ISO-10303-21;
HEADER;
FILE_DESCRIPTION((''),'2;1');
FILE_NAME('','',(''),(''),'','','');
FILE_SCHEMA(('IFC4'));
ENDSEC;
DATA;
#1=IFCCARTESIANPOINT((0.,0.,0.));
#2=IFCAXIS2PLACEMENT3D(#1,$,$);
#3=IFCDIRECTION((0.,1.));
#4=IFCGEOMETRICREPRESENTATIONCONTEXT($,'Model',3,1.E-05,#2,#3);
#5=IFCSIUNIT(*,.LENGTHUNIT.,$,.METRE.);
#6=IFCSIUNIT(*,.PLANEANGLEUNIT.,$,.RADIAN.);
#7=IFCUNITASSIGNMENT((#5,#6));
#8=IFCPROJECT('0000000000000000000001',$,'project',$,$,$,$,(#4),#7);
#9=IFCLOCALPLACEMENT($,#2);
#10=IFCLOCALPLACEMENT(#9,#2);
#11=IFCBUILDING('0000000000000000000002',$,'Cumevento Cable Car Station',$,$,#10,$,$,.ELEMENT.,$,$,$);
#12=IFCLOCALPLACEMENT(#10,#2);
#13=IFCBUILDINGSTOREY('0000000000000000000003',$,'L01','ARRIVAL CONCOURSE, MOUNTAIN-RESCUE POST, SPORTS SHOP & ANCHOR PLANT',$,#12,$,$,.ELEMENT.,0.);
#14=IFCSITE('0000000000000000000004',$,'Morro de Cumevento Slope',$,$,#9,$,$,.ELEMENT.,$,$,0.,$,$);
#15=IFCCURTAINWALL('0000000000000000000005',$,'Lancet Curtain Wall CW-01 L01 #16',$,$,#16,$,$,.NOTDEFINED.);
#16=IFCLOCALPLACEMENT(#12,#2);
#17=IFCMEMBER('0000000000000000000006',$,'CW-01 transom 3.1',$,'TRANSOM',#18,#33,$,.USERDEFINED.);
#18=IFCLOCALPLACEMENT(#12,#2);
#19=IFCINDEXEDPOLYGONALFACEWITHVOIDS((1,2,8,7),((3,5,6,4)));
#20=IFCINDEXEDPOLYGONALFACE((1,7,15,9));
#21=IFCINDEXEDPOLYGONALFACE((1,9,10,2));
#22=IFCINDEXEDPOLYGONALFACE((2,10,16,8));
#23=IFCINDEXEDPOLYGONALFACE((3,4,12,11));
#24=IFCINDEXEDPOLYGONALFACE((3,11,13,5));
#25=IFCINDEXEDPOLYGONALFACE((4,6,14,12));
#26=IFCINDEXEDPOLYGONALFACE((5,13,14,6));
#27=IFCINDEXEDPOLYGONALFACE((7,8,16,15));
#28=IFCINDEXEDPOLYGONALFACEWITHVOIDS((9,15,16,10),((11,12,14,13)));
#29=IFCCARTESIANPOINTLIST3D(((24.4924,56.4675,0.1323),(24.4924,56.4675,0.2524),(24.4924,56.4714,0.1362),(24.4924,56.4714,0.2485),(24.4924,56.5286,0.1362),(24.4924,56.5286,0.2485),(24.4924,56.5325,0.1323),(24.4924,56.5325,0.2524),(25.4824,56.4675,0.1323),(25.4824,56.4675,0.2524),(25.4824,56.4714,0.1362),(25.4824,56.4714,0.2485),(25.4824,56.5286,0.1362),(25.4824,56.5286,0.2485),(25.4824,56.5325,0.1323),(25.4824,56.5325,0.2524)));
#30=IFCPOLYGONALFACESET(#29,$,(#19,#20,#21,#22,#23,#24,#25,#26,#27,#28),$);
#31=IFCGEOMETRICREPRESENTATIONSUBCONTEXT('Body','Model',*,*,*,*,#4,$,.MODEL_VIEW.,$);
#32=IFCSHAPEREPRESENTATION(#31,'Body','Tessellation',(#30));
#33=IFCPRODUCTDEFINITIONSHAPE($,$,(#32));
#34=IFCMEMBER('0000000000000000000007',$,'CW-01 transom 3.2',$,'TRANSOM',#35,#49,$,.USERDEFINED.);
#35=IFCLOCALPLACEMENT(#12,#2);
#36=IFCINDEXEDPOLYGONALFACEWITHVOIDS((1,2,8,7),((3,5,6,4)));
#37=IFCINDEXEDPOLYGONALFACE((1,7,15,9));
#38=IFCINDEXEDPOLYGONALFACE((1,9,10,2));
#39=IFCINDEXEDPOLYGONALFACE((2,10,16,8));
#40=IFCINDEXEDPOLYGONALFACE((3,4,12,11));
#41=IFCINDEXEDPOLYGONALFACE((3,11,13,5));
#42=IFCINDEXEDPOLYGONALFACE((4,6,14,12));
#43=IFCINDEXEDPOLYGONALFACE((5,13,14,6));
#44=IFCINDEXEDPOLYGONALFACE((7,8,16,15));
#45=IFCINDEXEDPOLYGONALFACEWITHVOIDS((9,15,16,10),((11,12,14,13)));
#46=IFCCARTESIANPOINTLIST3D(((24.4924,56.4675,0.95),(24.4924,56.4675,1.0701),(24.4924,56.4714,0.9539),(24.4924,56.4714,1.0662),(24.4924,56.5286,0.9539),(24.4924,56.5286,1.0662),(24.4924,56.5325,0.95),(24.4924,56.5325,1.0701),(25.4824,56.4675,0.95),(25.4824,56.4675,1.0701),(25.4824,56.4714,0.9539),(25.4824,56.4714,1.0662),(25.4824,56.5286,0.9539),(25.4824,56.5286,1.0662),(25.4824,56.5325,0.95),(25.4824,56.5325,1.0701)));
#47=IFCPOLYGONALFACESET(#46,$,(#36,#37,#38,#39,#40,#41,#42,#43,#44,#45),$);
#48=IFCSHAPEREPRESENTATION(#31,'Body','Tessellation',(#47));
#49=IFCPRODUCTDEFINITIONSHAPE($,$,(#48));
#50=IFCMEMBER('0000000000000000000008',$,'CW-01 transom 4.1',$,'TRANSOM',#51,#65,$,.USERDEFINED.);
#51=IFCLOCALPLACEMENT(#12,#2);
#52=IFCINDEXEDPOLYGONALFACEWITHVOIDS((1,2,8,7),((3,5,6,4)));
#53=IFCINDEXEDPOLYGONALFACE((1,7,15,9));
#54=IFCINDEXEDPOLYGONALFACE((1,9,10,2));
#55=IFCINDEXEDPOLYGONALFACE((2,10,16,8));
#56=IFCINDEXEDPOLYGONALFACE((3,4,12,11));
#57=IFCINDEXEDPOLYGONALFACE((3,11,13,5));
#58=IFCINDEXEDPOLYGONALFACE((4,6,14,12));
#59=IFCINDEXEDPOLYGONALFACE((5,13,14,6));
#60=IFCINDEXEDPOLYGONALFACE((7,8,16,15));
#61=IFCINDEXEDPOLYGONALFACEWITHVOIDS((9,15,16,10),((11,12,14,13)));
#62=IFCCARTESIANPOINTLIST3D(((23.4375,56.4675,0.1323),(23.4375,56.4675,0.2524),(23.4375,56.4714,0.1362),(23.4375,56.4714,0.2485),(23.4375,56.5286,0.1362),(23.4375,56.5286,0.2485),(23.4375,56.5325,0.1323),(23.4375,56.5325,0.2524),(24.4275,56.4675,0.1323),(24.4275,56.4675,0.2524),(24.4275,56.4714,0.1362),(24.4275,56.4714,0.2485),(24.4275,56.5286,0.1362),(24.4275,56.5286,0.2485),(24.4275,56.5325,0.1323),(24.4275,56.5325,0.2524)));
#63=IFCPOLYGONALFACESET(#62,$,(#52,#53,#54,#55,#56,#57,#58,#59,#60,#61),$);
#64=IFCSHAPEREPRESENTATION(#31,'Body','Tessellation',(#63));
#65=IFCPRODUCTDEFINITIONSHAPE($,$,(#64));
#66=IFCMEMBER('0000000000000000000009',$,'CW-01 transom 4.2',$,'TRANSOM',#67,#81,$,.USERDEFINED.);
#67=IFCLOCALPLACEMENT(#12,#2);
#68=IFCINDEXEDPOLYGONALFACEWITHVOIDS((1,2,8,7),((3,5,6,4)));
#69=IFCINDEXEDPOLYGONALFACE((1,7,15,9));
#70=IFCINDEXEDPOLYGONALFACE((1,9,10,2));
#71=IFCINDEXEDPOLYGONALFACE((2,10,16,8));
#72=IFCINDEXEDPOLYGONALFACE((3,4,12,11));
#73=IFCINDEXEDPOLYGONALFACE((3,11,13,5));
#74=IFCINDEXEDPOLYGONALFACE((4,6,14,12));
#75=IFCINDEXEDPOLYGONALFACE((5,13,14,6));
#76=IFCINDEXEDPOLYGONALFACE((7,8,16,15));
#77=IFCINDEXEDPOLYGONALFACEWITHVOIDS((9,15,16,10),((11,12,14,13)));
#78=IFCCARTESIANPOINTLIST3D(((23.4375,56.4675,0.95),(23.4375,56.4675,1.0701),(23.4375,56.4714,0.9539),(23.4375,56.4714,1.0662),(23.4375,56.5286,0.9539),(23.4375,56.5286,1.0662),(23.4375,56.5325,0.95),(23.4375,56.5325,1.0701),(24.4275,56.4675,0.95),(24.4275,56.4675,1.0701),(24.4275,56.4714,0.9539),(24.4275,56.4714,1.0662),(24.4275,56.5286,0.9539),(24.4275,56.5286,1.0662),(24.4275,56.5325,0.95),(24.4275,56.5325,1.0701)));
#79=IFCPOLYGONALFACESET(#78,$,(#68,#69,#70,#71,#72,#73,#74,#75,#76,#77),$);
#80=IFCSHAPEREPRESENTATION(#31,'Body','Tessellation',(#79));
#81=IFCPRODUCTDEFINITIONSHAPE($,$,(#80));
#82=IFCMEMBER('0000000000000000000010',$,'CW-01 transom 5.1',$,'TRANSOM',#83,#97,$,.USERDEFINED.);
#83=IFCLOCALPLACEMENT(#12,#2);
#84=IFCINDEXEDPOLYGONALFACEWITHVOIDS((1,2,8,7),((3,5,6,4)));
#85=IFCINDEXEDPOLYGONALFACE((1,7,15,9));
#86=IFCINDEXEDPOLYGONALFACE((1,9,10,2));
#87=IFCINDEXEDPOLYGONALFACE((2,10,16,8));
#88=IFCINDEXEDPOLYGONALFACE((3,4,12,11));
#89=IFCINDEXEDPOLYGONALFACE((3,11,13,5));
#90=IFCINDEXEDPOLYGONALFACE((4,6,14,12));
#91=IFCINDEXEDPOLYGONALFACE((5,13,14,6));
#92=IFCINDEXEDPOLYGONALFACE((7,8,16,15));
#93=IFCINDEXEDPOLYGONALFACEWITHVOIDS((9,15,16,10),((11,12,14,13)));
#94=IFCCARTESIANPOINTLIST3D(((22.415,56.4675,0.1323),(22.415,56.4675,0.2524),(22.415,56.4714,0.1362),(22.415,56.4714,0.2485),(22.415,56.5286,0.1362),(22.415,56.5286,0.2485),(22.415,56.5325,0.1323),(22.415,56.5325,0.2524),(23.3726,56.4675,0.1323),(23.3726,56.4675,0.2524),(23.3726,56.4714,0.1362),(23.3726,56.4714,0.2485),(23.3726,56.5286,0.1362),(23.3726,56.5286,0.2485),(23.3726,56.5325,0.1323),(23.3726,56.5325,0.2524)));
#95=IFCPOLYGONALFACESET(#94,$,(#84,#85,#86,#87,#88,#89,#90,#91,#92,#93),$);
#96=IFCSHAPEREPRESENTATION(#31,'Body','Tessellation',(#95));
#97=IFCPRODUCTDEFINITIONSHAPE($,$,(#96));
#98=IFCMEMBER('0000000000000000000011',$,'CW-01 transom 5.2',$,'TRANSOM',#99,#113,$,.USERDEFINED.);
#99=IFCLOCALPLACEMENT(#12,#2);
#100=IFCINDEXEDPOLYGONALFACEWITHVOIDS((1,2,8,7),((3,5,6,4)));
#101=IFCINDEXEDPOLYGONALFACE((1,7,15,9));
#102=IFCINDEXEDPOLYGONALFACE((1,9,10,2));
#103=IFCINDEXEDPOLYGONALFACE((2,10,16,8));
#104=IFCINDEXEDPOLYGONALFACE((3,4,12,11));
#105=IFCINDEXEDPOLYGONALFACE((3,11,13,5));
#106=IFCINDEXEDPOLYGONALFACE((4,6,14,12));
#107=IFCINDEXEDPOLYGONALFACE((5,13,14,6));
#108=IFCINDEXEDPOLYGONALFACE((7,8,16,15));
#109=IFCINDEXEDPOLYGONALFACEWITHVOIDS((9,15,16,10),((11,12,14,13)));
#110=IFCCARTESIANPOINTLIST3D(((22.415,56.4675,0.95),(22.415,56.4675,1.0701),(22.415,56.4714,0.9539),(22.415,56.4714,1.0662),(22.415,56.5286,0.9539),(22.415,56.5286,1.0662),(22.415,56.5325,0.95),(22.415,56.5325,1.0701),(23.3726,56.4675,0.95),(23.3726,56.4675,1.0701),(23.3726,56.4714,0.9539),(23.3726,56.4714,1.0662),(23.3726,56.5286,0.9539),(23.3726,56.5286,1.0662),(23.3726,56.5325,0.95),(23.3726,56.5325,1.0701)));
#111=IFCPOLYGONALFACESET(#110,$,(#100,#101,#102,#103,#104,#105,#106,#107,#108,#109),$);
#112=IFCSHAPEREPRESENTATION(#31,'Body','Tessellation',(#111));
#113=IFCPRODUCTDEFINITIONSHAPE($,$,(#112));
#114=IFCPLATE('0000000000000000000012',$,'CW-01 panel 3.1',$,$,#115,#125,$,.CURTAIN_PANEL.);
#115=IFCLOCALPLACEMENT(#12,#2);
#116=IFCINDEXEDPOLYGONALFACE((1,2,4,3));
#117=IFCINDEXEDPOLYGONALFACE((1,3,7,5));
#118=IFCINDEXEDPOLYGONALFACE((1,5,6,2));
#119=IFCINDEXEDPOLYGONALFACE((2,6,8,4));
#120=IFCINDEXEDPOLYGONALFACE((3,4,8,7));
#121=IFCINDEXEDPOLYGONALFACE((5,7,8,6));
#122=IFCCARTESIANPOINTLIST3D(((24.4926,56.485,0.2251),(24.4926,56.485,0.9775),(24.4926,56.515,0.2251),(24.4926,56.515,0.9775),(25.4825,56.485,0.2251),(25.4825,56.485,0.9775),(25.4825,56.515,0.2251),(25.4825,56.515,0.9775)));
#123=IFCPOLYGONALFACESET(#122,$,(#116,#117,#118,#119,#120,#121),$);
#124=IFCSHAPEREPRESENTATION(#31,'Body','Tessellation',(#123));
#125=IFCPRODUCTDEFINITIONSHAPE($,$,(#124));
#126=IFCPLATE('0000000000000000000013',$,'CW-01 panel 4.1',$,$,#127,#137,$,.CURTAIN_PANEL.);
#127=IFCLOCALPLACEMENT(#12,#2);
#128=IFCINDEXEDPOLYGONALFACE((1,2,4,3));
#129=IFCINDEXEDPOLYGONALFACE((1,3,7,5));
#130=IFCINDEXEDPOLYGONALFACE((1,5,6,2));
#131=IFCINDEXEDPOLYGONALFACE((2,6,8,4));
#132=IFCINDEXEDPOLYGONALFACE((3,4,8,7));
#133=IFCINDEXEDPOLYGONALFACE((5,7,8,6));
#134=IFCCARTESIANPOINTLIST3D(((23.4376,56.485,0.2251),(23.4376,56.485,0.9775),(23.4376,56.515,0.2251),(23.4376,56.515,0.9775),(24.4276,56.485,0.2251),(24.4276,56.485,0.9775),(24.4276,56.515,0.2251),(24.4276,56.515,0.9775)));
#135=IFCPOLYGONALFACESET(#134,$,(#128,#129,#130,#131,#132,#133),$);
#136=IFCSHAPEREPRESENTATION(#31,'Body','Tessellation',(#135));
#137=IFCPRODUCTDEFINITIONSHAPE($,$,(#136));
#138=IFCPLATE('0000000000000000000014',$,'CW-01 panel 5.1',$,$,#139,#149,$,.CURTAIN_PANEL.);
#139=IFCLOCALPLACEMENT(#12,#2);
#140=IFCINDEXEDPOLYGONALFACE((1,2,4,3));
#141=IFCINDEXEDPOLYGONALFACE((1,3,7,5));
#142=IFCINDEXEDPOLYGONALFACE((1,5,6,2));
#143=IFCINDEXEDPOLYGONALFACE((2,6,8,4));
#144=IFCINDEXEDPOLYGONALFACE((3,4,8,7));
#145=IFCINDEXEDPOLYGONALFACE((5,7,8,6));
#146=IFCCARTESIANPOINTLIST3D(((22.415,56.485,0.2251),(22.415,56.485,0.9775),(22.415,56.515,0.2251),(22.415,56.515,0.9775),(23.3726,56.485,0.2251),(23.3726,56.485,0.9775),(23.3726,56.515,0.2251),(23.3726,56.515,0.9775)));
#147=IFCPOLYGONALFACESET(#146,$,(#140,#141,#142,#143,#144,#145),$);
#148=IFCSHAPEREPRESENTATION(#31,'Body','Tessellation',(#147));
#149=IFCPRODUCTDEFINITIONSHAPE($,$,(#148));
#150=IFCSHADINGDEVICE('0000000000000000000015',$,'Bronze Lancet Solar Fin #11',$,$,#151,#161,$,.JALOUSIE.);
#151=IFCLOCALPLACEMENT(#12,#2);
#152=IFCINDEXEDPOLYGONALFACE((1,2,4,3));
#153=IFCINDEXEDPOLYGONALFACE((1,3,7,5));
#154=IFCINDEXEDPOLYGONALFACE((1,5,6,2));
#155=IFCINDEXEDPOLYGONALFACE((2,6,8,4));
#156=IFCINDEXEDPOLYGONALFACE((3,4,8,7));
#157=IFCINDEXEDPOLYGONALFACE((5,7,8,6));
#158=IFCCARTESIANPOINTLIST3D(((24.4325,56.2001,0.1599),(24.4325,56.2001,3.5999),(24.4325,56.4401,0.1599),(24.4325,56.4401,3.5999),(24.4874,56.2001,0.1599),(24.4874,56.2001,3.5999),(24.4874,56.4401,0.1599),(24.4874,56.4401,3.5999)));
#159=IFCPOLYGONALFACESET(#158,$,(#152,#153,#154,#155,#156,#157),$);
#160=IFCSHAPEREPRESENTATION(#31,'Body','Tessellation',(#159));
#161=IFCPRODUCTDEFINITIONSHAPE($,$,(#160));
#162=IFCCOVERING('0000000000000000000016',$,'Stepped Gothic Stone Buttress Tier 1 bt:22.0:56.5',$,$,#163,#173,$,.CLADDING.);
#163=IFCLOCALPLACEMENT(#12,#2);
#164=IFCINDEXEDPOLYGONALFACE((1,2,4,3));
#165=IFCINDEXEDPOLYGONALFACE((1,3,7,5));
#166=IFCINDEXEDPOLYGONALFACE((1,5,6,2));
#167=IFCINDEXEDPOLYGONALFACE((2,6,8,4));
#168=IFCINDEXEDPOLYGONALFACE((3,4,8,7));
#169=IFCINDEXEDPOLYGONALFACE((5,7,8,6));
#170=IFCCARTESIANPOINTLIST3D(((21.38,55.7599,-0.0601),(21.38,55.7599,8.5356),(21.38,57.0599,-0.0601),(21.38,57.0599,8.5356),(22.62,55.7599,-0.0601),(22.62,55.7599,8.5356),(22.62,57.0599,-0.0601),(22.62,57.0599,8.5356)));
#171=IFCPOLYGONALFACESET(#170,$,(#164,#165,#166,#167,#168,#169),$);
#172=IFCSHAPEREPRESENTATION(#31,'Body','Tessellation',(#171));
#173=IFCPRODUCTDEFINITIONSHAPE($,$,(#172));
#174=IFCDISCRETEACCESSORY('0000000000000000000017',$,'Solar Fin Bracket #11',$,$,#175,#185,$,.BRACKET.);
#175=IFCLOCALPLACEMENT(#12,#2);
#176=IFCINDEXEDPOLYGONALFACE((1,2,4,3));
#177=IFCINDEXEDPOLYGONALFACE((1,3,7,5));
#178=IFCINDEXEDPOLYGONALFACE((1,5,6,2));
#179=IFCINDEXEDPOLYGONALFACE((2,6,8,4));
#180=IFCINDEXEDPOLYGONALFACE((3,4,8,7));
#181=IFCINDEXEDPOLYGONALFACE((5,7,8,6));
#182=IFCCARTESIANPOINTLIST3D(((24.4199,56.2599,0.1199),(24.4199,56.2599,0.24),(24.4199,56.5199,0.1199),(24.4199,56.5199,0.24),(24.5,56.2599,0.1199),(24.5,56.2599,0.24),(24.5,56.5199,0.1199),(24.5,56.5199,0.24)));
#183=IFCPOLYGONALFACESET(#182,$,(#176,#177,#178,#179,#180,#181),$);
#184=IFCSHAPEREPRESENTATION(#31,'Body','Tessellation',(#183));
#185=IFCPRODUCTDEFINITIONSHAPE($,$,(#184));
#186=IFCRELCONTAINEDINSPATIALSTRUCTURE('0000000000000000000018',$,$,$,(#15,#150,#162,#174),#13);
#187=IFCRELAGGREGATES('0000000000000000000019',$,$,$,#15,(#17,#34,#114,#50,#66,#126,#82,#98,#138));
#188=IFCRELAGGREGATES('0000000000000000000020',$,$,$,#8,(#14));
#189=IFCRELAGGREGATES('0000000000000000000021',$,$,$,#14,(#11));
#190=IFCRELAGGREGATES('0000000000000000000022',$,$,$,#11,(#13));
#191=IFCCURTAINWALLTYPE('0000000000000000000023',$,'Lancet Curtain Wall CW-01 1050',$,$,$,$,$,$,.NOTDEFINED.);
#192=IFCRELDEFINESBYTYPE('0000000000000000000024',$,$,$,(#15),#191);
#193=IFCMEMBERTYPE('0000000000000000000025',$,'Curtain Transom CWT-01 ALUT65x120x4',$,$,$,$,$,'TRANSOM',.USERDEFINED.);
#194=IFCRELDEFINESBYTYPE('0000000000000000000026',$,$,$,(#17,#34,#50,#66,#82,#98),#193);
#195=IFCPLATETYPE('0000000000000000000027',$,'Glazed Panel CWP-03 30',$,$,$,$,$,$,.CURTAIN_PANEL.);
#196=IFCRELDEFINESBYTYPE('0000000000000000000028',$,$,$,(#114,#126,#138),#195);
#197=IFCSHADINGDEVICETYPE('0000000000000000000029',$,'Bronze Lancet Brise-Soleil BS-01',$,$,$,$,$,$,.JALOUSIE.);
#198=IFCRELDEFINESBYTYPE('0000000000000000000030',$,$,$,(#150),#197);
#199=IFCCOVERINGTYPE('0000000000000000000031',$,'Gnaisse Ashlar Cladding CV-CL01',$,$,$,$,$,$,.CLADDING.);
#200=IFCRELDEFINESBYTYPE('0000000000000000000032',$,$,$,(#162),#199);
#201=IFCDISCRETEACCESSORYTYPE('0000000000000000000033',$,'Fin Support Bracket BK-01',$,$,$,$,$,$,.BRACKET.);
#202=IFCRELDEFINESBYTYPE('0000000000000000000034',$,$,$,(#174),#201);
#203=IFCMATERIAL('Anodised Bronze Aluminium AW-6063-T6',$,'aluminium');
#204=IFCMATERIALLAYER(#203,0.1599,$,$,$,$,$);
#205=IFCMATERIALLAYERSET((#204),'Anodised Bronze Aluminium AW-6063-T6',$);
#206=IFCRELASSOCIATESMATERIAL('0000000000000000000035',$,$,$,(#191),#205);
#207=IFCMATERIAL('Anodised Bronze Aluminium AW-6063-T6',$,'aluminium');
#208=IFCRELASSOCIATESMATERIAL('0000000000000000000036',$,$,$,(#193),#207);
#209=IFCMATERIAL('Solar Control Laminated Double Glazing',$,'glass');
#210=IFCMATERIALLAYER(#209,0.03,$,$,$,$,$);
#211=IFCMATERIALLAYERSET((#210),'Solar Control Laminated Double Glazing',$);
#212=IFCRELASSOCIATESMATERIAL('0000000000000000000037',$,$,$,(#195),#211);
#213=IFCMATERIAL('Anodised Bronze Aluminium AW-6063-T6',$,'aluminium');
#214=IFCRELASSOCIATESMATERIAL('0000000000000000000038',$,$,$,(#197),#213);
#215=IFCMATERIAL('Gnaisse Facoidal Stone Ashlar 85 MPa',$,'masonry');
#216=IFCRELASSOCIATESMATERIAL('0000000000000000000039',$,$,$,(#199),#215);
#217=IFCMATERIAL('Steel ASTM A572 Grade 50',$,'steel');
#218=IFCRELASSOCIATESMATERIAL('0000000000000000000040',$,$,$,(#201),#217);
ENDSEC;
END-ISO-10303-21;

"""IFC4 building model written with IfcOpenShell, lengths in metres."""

from ifc_helpers import new_model, si_unit, direction, frame, origin, origin_2d, place, context, subcontext, project, spatial, rectangle, hollow_rectangle, extrude, material, layer, layer_set, material_profile, profile_set, type_object, element, aggregate, save


model = new_model("IFC4")

# Units and contexts
model_context = context("Model", 3, precision=1e-05, world=origin(), true_north=direction((0.0, 1.0)))
body_context = subcontext(model_context, "Body", "Model", "MODEL_VIEW")
ifc_project = project(units=[si_unit("LENGTHUNIT", "METRE"), si_unit("PLANEANGLEUNIT", "RADIAN")], contexts=[model_context])

# Site, building, storey
site_placement = place(None, origin())
site = spatial("IfcSite", under=ifc_project, at=site_placement, Name="Morro de Cumevento Slope", CompositionType="ELEMENT", RefElevation=0.0)
building_placement = place(site_placement, origin())
building = spatial("IfcBuilding", under=site, at=building_placement, Name="Cumevento Cable Car Station", CompositionType="ELEMENT")
storey_placement = place(building_placement, origin())
storey = spatial("IfcBuildingStorey", under=building, at=storey_placement, Name="L01", Description="ARRIVAL CONCOURSE, MOUNTAIN-RESCUE POST, SPORTS SHOP & ANCHOR PLANT", CompositionType="ELEMENT", Elevation=0.0)

# Curtain wall, members, plates
ifc_material_1 = material(Name="Anodised Bronze Aluminium AW-6063-T6", Category="aluminium")
ifc_layer_1 = layer(ifc_material_1, 0.1599)
ifc_layer_set_1 = layer_set([ifc_layer_1], Name="Anodised Bronze Aluminium AW-6063-T6")
curtain_wall_type = type_object("IfcCurtainWallType", Name="Lancet Curtain Wall CW-01 1050", PredefinedType="NOTDEFINED", material=ifc_layer_set_1)
curtain_wall_placement = place(storey_placement, origin())
curtain_wall = element("IfcCurtainWall", 1, at=curtain_wall_placement, inside=storey, type_object=curtain_wall_type, Name="Lancet Curtain Wall CW-01 L01 #16", PredefinedType="NOTDEFINED")
ifc_material_2 = material(Name="Anodised Bronze Aluminium AW-6063-T6", Category="aluminium")
ifc_material_profile_1 = material_profile(ifc_material_2, hollow_rectangle(XDim=0.0649, YDim=0.1201, WallThickness=0.0039, at=origin_2d()), Name="ALUT65x120x4")
ifc_profile_set_1 = profile_set([ifc_material_profile_1], Name="Anodised Bronze Aluminium AW-6063-T6")
member_type_1 = type_object("IfcMemberType", Name="Curtain Transom CWT-01 ALUT65x120x4", ElementType="TRANSOM", PredefinedType="USERDEFINED", material=ifc_profile_set_1)
member_1_placement = place(storey_placement, frame((25.4824, 56.5, 0.1924), z_axis=(-1.0, 0.0, 0.0), x_axis=(0.0, -1.0, 0.0)))
member_1 = element("IfcMember", 2, at=member_1_placement, type_object=member_type_1, Name="CW-01 transom 3.1", ObjectType="TRANSOM", PredefinedType="USERDEFINED", context=body_context, shape_type="SweptSolid", body=[
    extrude(hollow_rectangle(XDim=0.0649, YDim=0.1201, WallThickness=0.0039, at=origin_2d()), origin(), (0.0, 0.0, 1.0), 0.99),
])
member_2_placement = place(storey_placement, frame((25.4824, 56.5, 1.01), z_axis=(-1.0, 0.0, 0.0), x_axis=(0.0, -1.0, 0.0)))
member_2 = element("IfcMember", 3, at=member_2_placement, type_object=member_type_1, Name="CW-01 transom 3.2", ObjectType="TRANSOM", PredefinedType="USERDEFINED", context=body_context, shape_type="SweptSolid", body=[
    extrude(hollow_rectangle(XDim=0.0649, YDim=0.1201, WallThickness=0.0039, at=origin_2d()), origin(), (0.0, 0.0, 1.0), 0.99),
])
member_3_placement = place(storey_placement, frame((24.4275, 56.5, 0.1924), z_axis=(-1.0, 0.0, 0.0), x_axis=(0.0, -1.0, 0.0)))
member_3 = element("IfcMember", 4, at=member_3_placement, type_object=member_type_1, Name="CW-01 transom 4.1", ObjectType="TRANSOM", PredefinedType="USERDEFINED", context=body_context, shape_type="SweptSolid", body=[
    extrude(hollow_rectangle(XDim=0.0649, YDim=0.1201, WallThickness=0.0039, at=origin_2d()), origin(), (0.0, 0.0, 1.0), 0.99),
])
member_4_placement = place(storey_placement, frame((24.4275, 56.5, 1.01), z_axis=(-1.0, 0.0, 0.0), x_axis=(0.0, -1.0, 0.0)))
member_4 = element("IfcMember", 5, at=member_4_placement, type_object=member_type_1, Name="CW-01 transom 4.2", ObjectType="TRANSOM", PredefinedType="USERDEFINED", context=body_context, shape_type="SweptSolid", body=[
    extrude(hollow_rectangle(XDim=0.0649, YDim=0.1201, WallThickness=0.0039, at=origin_2d()), origin(), (0.0, 0.0, 1.0), 0.99),
])
member_5_placement = place(storey_placement, frame((23.3726, 56.5, 0.1924), z_axis=(-1.0, 0.0, 0.0), x_axis=(0.0, -1.0, 0.0)))
member_5 = element("IfcMember", 6, at=member_5_placement, type_object=member_type_1, Name="CW-01 transom 5.1", ObjectType="TRANSOM", PredefinedType="USERDEFINED", context=body_context, shape_type="SweptSolid", body=[
    extrude(hollow_rectangle(XDim=0.0649, YDim=0.1201, WallThickness=0.0039, at=origin_2d()), origin(), (0.0, 0.0, 1.0), 0.9575),
])
member_6_placement = place(storey_placement, frame((23.3726, 56.5, 1.01), z_axis=(-1.0, 0.0, 0.0), x_axis=(0.0, -1.0, 0.0)))
member_6 = element("IfcMember", 7, at=member_6_placement, type_object=member_type_1, Name="CW-01 transom 5.2", ObjectType="TRANSOM", PredefinedType="USERDEFINED", context=body_context, shape_type="SweptSolid", body=[
    extrude(hollow_rectangle(XDim=0.0649, YDim=0.1201, WallThickness=0.0039, at=origin_2d()), origin(), (0.0, 0.0, 1.0), 0.9575),
])
ifc_material_3 = material(Name="Solar Control Laminated Double Glazing", Category="glass")
ifc_layer_2 = layer(ifc_material_3, 0.03)
ifc_layer_set_2 = layer_set([ifc_layer_2], Name="Solar Control Laminated Double Glazing")
plate_type = type_object("IfcPlateType", Name="Glazed Panel CWP-03 30", PredefinedType="CURTAIN_PANEL", material=ifc_layer_set_2)
plate_1_placement = place(storey_placement, frame((24.9875, 56.5, 0.2251), z_axis=(0.0, 0.0, 1.0), x_axis=(-1.0, 0.0, 0.0)))
plate_1 = element("IfcPlate", 8, at=plate_1_placement, type_object=plate_type, Name="CW-01 panel 3.1", PredefinedType="CURTAIN_PANEL", context=body_context, shape_type="SweptSolid", body=[
    extrude(rectangle(XDim=0.99, YDim=0.03, at=origin_2d()), origin(), (0.0, 0.0, 1.0), 0.7524),
])
plate_2_placement = place(storey_placement, frame((23.9326, 56.5, 0.2251), z_axis=(0.0, 0.0, 1.0), x_axis=(-1.0, 0.0, 0.0)))
plate_2 = element("IfcPlate", 9, at=plate_2_placement, type_object=plate_type, Name="CW-01 panel 4.1", PredefinedType="CURTAIN_PANEL", context=body_context, shape_type="SweptSolid", body=[
    extrude(rectangle(XDim=0.99, YDim=0.03, at=origin_2d()), origin(), (0.0, 0.0, 1.0), 0.7524),
])
plate_3_placement = place(storey_placement, frame((22.8938, 56.5, 0.2251), z_axis=(0.0, 0.0, 1.0), x_axis=(-1.0, 0.0, 0.0)))
plate_3 = element("IfcPlate", 10, at=plate_3_placement, type_object=plate_type, Name="CW-01 panel 5.1", PredefinedType="CURTAIN_PANEL", context=body_context, shape_type="SweptSolid", body=[
    extrude(rectangle(XDim=0.9575, YDim=0.03, at=origin_2d()), origin(), (0.0, 0.0, 1.0), 0.7524),
])
aggregate(curtain_wall, [member_1, member_2, plate_1, member_3, member_4, plate_2, member_5, member_6, plate_3])

# Shading device
ifc_material_4 = material(Name="Anodised Bronze Aluminium AW-6063-T6", Category="aluminium")
shading_device_type = type_object("IfcShadingDeviceType", Name="Bronze Lancet Brise-Soleil BS-01", PredefinedType="JALOUSIE", material=ifc_material_4)
shading_device_placement = place(storey_placement, frame((24.46, 56.3201, 0.1599), z_axis=(0.0, 0.0, 1.0), x_axis=(-1.0, 0.0, 0.0)))
element("IfcShadingDevice", 11, at=shading_device_placement, inside=storey, type_object=shading_device_type, Name="Bronze Lancet Solar Fin #11", PredefinedType="JALOUSIE", context=body_context, shape_type="SweptSolid", body=[
    extrude(rectangle(XDim=0.0549, YDim=0.24, at=origin_2d()), origin(), (0.0, 0.0, 1.0), 3.4399),
])

# Covering
ifc_material_5 = material(Name="Gnaisse Facoidal Stone Ashlar 85 MPa", Category="masonry")
covering_type = type_object("IfcCoveringType", Name="Gnaisse Ashlar Cladding CV-CL01", PredefinedType="CLADDING", material=ifc_material_5)
covering_1_placement = place(storey_placement, frame((22.0, 56.4099, -0.0601), z_axis=(0.0, 0.0, 1.0), x_axis=(1.0, 0.0, 0.0)))
element("IfcCovering", 12, at=covering_1_placement, inside=storey, type_object=covering_type, Name="Stepped Gothic Stone Buttress Tier 1 bt:22.0:56.5", PredefinedType="CLADDING", context=body_context, shape_type="SweptSolid", body=[
    extrude(rectangle(XDim=1.24, YDim=1.3, at=origin_2d()), origin(), (0.0, 0.0, 1.0), 8.5957),
])

# Discrete accessory
ifc_material_6 = material(Name="Steel ASTM A572 Grade 50", Category="steel")
discrete_accessory_type = type_object("IfcDiscreteAccessoryType", Name="Fin Support Bracket BK-01", PredefinedType="BRACKET", material=ifc_material_6)
discrete_accessory_placement = place(storey_placement, frame((24.46, 56.3899, 0.1199), z_axis=(0.0, 0.0, 1.0), x_axis=(-1.0, 0.0, 0.0)))
element("IfcDiscreteAccessory", 13, at=discrete_accessory_placement, inside=storey, type_object=discrete_accessory_type, Name="Solar Fin Bracket #11", PredefinedType="BRACKET", context=body_context, shape_type="SweptSolid", body=[
    extrude(rectangle(XDim=0.0801, YDim=0.26, at=origin_2d()), origin(), (0.0, 0.0, 1.0), 0.1201),
])

save(model, "model.ifc")
